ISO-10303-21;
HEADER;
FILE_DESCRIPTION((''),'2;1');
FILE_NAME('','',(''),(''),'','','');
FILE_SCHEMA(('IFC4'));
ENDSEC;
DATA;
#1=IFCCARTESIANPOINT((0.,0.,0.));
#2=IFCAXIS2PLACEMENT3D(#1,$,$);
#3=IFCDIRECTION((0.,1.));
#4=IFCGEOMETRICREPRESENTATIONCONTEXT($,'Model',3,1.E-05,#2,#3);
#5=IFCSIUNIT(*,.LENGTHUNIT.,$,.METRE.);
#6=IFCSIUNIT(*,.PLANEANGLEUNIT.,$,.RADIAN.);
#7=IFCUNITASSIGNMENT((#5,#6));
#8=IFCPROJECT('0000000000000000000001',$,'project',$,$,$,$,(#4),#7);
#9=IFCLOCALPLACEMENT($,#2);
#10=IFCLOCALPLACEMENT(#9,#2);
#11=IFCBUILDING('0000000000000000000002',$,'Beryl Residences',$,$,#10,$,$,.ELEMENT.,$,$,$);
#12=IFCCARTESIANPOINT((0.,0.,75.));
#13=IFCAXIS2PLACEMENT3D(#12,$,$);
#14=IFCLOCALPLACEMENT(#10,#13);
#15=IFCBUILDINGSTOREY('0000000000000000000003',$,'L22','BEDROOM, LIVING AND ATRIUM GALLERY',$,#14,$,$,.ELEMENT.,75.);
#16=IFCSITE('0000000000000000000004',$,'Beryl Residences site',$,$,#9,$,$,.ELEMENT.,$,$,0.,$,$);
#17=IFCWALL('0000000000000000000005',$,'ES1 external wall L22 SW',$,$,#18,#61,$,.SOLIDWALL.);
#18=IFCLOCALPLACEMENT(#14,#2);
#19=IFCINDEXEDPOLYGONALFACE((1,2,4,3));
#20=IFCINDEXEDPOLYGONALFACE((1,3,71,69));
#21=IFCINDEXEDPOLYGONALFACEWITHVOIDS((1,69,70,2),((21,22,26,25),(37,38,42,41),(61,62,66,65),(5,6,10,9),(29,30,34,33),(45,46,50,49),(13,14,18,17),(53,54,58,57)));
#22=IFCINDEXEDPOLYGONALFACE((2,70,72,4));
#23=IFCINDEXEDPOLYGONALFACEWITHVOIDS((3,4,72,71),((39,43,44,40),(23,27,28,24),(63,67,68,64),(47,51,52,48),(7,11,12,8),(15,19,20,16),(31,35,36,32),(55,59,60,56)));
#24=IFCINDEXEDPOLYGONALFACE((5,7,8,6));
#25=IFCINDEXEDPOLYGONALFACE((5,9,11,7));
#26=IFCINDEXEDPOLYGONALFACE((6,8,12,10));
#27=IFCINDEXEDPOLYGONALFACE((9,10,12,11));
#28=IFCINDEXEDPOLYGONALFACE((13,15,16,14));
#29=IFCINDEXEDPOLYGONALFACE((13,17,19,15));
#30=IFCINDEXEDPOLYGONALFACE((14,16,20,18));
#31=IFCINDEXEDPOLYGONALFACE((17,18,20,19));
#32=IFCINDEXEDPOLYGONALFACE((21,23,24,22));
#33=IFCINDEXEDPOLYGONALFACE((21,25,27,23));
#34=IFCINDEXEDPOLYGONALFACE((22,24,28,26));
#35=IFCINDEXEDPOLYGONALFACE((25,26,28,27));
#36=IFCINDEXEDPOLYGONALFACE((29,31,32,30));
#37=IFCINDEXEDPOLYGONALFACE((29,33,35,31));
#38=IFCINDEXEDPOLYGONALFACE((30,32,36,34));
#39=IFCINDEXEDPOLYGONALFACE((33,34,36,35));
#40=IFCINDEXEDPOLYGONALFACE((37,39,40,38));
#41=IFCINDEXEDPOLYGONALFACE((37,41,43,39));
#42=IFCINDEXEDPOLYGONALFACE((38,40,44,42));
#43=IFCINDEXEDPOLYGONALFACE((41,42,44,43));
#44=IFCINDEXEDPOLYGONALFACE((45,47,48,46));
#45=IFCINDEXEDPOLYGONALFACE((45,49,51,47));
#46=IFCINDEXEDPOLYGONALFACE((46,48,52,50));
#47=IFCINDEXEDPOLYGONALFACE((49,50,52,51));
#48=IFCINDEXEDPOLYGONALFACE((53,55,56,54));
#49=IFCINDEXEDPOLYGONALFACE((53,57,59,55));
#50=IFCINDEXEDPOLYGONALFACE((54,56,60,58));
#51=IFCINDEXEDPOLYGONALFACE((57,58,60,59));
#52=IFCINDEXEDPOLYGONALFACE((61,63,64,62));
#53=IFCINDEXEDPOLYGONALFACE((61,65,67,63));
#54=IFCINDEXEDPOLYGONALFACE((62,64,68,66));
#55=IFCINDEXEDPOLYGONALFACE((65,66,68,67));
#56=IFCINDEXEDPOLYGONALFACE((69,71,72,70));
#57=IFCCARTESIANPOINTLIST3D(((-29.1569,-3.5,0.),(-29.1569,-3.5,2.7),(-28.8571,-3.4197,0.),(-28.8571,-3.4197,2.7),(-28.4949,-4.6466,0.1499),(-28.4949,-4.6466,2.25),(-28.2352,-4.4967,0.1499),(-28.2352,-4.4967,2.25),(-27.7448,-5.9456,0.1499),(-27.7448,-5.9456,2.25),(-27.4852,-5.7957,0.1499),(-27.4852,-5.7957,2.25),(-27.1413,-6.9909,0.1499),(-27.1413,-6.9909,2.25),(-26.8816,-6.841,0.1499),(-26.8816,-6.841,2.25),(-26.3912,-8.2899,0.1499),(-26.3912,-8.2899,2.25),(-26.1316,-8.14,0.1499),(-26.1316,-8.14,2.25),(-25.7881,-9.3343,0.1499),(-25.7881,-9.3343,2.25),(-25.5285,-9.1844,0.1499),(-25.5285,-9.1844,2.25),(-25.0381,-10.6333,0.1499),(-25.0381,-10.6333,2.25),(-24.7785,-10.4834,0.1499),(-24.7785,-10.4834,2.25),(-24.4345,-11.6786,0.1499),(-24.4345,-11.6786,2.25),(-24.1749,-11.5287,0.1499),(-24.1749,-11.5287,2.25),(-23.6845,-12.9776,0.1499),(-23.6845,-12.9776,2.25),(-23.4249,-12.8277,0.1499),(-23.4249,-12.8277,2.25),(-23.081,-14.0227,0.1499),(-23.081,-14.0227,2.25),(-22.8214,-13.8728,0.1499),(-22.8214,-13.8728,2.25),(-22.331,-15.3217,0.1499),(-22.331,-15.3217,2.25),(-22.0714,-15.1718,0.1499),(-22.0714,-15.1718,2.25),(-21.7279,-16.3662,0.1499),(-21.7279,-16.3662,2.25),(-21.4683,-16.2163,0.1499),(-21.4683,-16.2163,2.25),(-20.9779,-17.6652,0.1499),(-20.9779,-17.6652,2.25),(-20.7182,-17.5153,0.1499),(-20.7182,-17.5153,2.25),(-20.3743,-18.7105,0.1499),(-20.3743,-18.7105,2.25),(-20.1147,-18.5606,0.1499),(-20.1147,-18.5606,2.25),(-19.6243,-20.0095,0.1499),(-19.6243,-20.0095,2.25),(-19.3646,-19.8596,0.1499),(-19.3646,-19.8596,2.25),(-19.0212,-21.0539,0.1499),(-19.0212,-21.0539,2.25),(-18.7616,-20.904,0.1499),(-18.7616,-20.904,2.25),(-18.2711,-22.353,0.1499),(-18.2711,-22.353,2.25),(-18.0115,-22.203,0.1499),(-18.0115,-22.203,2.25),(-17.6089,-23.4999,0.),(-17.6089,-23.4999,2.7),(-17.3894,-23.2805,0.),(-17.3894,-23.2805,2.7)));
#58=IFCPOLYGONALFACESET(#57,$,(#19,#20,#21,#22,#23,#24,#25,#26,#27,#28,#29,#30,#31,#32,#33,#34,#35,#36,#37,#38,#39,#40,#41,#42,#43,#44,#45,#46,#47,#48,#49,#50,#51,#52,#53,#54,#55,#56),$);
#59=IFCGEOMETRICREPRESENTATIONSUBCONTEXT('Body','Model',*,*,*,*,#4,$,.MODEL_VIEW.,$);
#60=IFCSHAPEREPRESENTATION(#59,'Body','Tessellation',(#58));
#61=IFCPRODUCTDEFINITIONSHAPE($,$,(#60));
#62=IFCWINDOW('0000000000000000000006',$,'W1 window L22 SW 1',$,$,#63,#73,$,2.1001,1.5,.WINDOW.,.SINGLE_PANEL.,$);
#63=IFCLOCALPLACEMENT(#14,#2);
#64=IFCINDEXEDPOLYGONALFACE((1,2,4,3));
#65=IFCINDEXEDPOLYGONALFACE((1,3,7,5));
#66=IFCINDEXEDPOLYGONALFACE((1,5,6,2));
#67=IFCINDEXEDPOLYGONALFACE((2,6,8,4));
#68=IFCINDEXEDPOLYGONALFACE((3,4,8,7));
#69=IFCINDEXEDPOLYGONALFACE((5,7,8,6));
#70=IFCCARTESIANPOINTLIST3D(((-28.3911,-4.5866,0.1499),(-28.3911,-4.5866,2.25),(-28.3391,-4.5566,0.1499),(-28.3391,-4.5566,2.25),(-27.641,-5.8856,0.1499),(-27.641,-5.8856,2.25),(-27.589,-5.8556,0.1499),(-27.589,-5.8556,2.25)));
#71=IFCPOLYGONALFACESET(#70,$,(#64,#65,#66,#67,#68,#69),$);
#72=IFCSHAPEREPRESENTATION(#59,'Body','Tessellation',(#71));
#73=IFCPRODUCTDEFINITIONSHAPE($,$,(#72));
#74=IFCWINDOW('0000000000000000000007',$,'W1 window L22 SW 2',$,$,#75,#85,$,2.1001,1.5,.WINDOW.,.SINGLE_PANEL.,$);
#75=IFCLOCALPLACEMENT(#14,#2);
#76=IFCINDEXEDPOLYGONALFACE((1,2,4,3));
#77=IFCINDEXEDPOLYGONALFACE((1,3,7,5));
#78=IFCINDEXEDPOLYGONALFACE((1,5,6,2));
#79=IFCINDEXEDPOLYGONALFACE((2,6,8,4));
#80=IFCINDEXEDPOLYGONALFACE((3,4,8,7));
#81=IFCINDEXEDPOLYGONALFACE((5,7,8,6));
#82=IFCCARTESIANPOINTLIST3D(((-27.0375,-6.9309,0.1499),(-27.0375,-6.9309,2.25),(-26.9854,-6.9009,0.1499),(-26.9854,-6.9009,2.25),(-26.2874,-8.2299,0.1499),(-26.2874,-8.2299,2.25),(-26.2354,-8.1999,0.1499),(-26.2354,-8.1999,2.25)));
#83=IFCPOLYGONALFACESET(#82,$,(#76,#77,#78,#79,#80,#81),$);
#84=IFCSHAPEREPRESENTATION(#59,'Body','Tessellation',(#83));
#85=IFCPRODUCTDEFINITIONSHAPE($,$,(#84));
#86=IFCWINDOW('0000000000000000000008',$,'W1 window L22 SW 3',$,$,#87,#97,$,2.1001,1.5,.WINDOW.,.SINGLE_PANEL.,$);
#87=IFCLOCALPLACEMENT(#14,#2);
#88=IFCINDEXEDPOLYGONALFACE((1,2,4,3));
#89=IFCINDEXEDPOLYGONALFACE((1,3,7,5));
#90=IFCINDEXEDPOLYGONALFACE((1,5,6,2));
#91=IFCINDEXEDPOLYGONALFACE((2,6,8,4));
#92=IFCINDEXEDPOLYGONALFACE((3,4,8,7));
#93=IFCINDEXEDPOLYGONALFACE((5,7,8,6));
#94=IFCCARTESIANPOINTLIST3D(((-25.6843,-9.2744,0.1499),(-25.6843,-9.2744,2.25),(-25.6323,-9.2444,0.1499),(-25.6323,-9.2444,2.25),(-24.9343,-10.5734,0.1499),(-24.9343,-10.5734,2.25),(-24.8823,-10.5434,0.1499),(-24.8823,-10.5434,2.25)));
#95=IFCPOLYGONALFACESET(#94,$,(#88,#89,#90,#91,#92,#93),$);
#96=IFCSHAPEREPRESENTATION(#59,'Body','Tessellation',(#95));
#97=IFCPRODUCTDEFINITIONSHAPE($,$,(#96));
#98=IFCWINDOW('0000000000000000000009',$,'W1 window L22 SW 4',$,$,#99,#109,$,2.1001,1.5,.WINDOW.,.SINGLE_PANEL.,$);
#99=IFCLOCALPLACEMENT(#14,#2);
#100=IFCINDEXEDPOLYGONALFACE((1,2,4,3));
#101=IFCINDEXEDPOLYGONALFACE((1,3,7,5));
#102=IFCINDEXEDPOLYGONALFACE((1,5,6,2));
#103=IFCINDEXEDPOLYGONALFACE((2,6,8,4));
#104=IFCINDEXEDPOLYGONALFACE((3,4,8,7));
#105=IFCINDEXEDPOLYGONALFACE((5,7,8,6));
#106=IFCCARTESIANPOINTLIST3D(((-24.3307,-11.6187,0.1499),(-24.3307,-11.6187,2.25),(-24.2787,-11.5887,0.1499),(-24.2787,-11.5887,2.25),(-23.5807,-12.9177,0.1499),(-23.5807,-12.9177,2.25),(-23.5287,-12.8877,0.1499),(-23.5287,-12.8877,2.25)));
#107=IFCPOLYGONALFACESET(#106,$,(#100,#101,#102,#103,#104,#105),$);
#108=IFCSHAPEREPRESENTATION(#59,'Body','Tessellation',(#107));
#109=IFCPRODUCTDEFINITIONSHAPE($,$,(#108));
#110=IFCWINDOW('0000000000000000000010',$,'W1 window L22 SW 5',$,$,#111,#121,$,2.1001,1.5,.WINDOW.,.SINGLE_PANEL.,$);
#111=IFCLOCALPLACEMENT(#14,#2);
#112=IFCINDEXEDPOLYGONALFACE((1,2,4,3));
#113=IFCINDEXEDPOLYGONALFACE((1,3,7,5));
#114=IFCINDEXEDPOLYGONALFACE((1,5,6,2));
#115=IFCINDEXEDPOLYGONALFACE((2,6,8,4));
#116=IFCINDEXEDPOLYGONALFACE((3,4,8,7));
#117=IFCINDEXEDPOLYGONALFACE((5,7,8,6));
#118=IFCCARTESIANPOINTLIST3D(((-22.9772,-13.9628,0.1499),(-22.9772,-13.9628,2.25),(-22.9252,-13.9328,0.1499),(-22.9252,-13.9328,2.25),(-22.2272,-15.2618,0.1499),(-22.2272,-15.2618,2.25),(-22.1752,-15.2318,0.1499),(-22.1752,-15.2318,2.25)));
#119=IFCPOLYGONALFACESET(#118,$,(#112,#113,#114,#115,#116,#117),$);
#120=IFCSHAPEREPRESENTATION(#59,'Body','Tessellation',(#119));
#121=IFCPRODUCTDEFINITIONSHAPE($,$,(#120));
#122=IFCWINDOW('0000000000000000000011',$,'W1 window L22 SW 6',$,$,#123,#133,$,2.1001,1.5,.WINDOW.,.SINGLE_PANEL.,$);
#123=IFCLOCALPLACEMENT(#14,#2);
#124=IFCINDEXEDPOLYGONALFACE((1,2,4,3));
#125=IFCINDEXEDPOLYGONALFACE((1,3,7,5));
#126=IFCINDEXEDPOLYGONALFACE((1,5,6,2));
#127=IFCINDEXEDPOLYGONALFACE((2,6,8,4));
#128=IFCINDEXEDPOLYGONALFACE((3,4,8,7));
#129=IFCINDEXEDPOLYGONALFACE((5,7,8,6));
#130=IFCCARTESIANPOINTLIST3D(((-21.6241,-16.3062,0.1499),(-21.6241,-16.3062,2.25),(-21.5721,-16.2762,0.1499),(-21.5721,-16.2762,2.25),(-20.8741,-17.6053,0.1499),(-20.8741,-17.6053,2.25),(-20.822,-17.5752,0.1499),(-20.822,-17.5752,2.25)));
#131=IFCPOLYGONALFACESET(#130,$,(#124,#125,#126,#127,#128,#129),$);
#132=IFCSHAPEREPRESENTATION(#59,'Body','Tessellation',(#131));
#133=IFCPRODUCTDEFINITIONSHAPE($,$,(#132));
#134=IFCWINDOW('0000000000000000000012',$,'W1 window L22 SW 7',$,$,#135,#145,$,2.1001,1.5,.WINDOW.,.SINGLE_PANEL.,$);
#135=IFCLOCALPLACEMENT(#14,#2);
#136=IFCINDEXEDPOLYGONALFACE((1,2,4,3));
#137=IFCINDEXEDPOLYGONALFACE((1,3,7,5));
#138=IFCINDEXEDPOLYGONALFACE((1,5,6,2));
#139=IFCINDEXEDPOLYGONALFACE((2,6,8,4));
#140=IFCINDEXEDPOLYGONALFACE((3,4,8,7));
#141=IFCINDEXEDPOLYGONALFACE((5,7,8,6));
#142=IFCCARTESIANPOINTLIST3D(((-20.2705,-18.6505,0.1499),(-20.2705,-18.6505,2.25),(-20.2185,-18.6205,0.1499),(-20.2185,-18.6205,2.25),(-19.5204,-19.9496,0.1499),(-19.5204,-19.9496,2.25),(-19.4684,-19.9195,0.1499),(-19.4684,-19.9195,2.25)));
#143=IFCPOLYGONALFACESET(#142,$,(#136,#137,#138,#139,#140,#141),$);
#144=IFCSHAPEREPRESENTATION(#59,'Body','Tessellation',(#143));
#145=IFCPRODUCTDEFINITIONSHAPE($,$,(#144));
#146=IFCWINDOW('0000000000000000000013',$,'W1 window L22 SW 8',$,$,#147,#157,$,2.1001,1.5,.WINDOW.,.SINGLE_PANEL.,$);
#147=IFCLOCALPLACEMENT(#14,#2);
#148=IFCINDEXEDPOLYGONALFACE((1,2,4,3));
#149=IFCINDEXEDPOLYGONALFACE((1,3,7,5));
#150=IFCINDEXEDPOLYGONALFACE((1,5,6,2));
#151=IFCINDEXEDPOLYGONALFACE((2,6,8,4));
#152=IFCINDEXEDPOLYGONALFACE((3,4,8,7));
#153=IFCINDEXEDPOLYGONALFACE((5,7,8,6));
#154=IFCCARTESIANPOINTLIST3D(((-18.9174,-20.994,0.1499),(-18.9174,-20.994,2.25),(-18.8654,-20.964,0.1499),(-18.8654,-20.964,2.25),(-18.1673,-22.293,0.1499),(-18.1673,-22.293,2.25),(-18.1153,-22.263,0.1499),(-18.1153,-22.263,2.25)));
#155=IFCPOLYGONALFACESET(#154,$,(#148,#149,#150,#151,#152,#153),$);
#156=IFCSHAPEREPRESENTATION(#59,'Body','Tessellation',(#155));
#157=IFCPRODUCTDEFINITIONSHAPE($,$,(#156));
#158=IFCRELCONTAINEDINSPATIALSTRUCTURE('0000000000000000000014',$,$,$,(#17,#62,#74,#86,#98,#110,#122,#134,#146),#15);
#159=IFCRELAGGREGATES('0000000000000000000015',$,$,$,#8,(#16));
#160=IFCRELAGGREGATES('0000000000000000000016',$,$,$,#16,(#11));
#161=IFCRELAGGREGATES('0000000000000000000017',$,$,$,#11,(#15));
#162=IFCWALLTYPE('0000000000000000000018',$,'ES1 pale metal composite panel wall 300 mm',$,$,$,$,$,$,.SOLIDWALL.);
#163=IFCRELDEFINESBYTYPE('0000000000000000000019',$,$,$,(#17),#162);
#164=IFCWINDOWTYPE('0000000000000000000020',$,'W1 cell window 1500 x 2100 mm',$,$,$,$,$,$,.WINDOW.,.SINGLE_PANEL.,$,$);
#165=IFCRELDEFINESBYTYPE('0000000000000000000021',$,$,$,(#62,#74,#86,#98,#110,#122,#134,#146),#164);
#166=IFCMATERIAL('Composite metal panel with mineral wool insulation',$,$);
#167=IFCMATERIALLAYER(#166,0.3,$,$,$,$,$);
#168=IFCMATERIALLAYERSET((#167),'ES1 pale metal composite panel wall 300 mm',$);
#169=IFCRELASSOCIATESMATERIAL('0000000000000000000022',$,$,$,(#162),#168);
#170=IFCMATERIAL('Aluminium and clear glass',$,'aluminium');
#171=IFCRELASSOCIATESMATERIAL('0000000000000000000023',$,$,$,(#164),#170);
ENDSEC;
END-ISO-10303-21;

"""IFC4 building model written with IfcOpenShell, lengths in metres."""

from ifc_helpers import new_model, si_unit, direction, frame, frame_2d, origin, place, context, subcontext, project, spatial, polyline, rectangle, outline, extrude, material, layer, layer_set, type_object, element, fill, save


model = new_model("IFC4")

# Units and contexts
model_context = context("Model", 3, precision=1e-05, world=origin(), true_north=direction((0.0, 1.0)))
body_context = subcontext(model_context, "Body", "Model", "MODEL_VIEW")
ifc_project = project(units=[si_unit("LENGTHUNIT", "METRE"), si_unit("PLANEANGLEUNIT", "RADIAN")], contexts=[model_context])

# Site, building, storey
site_placement = place(None, origin())
site = spatial("IfcSite", under=ifc_project, at=site_placement, Name="Beryl Residences site", CompositionType="ELEMENT", RefElevation=0.0)
building_placement = place(site_placement, origin())
building = spatial("IfcBuilding", under=site, at=building_placement, Name="Beryl Residences", CompositionType="ELEMENT")
storey_placement = place(building_placement, frame((0.0, 0.0, 75.0)))
storey = spatial("IfcBuildingStorey", under=building, at=storey_placement, Name="L22", Description="BEDROOM, LIVING AND ATRIUM GALLERY", CompositionType="ELEMENT", Elevation=75.0)

# Wall, openings, windows
ifc_material_1 = material(Name="Composite metal panel with mineral wool insulation")
ifc_layer_1 = layer(ifc_material_1, 0.3)
ifc_layer_set_1 = layer_set([ifc_layer_1], Name="ES1 pale metal composite panel wall 300 mm")
wall_type_1 = type_object("IfcWallType", Name="ES1 pale metal composite panel wall 300 mm", PredefinedType="SOLIDWALL", material=ifc_layer_set_1)
wall_1_placement = place(storey_placement, frame((-29.0271, -3.425, 0.0), z_axis=(0.0, 0.0, 1.0), x_axis=(0.500035, -0.866005, 0.0)))
wall_1 = element("IfcWall", 1, at=wall_1_placement, inside=storey, type_object=wall_type_1, Name="ES1 external wall L22 SW", PredefinedType="SOLIDWALL", context=body_context, shape_type="SweptSolid", body=[
    extrude(outline(polyline([(0.0, -0.1499), (23.0945, -0.1499), (23.0142, 0.1499), (0.0803, 0.1499), (0.0, -0.1499)])), origin(), (0.0, 0.0, 1.0), 2.7),
])
opening_1_placement = place(wall_1_placement, frame((1.324, 0.0, 0.1499)))
opening_1 = element("IfcOpeningElement", 2, at=opening_1_placement, cuts=wall_1, PredefinedType="OPENING", context=body_context, shape_type="SweptSolid", body=[
    extrude(rectangle(XDim=1.5, YDim=2.1001, at=frame_2d((0.75, 1.05))), frame((0.0, 0.1599, 0.0), z_axis=(0.0, -1.0, 0.0), x_axis=(1.0, 0.0, 0.0)), (0.0, 0.0, 1.0), 0.3201),
])
opening_2_placement = place(wall_1_placement, frame((4.031, 0.0, 0.1499)))
opening_2 = element("IfcOpeningElement", 3, at=opening_2_placement, cuts=wall_1, PredefinedType="OPENING", context=body_context, shape_type="SweptSolid", body=[
    extrude(rectangle(XDim=1.5, YDim=2.1001, at=frame_2d((0.75, 1.05))), frame((0.0, 0.1599, 0.0), z_axis=(0.0, -1.0, 0.0), x_axis=(1.0, 0.0, 0.0)), (0.0, 0.0, 1.0), 0.3201),
])
opening_3_placement = place(wall_1_placement, frame((6.7371, 0.0, 0.1499)))
opening_3 = element("IfcOpeningElement", 4, at=opening_3_placement, cuts=wall_1, PredefinedType="OPENING", context=body_context, shape_type="SweptSolid", body=[
    extrude(rectangle(XDim=1.5, YDim=2.1001, at=frame_2d((0.75, 1.05))), frame((0.0, 0.1599, 0.0), z_axis=(0.0, -1.0, 0.0), x_axis=(1.0, 0.0, 0.0)), (0.0, 0.0, 1.0), 0.3201),
])
opening_4_placement = place(wall_1_placement, frame((9.4441, 0.0, 0.1499)))
opening_4 = element("IfcOpeningElement", 5, at=opening_4_placement, cuts=wall_1, PredefinedType="OPENING", context=body_context, shape_type="SweptSolid", body=[
    extrude(rectangle(XDim=1.5, YDim=2.1001, at=frame_2d((0.75, 1.05))), frame((0.0, 0.1599, 0.0), z_axis=(0.0, -1.0, 0.0), x_axis=(1.0, 0.0, 0.0)), (0.0, 0.0, 1.0), 0.3201),
])
opening_5_placement = place(wall_1_placement, frame((12.1509, 0.0, 0.1499)))
opening_5 = element("IfcOpeningElement", 6, at=opening_5_placement, cuts=wall_1, PredefinedType="OPENING", context=body_context, shape_type="SweptSolid", body=[
    extrude(rectangle(XDim=1.5, YDim=2.1001, at=frame_2d((0.75, 1.05))), frame((0.0, 0.1599, 0.0), z_axis=(0.0, -1.0, 0.0), x_axis=(1.0, 0.0, 0.0)), (0.0, 0.0, 1.0), 0.3201),
])
opening_6_placement = place(wall_1_placement, frame((14.8569, 0.0, 0.1499)))
opening_6 = element("IfcOpeningElement", 7, at=opening_6_placement, cuts=wall_1, PredefinedType="OPENING", context=body_context, shape_type="SweptSolid", body=[
    extrude(rectangle(XDim=1.5, YDim=2.1001, at=frame_2d((0.75, 1.05))), frame((0.0, 0.1599, 0.0), z_axis=(0.0, -1.0, 0.0), x_axis=(1.0, 0.0, 0.0)), (0.0, 0.0, 1.0), 0.3201),
])
opening_7_placement = place(wall_1_placement, frame((17.564, 0.0, 0.1499)))
opening_7 = element("IfcOpeningElement", 8, at=opening_7_placement, cuts=wall_1, PredefinedType="OPENING", context=body_context, shape_type="SweptSolid", body=[
    extrude(rectangle(XDim=1.5, YDim=2.1001, at=frame_2d((0.75, 1.05))), frame((0.0, 0.1599, 0.0), z_axis=(0.0, -1.0, 0.0), x_axis=(1.0, 0.0, 0.0)), (0.0, 0.0, 1.0), 0.3201),
])
opening_8_placement = place(wall_1_placement, frame((20.27, 0.0, 0.1499)))
opening_8 = element("IfcOpeningElement", 9, at=opening_8_placement, cuts=wall_1, PredefinedType="OPENING", context=body_context, shape_type="SweptSolid", body=[
    extrude(rectangle(XDim=1.5, YDim=2.1001, at=frame_2d((0.75, 1.05))), frame((0.0, 0.1599, 0.0), z_axis=(0.0, -1.0, 0.0), x_axis=(1.0, 0.0, 0.0)), (0.0, 0.0, 1.0), 0.3201),
])
ifc_material_2 = material(Name="Aluminium and clear glass", Category="aluminium")
window_type_1 = type_object("IfcWindowType", Name="W1 cell window 1500 x 2100 mm", PartitioningType="SINGLE_PANEL", PredefinedType="WINDOW", material=ifc_material_2)
window_1_placement = place(opening_1_placement, origin())
window_1 = element("IfcWindow", 10, at=window_1_placement, inside=storey, type_object=window_type_1, Name="W1 window L22 SW 1", OverallHeight=2.1001, OverallWidth=1.5, PartitioningType="SINGLE_PANEL", PredefinedType="WINDOW", context=body_context, shape_type="SweptSolid", body=[
    extrude(rectangle(XDim=1.5, YDim=2.1001, at=frame_2d((0.75, 1.05))), frame((0.0, 0.03, 0.0), z_axis=(0.0, -1.0, 0.0), x_axis=(1.0, 0.0, 0.0)), (0.0, 0.0, 1.0), 0.0601),
])
fill(opening_1, window_1)
window_2_placement = place(opening_2_placement, origin())
window_2 = element("IfcWindow", 11, at=window_2_placement, inside=storey, type_object=window_type_1, Name="W1 window L22 SW 2", OverallHeight=2.1001, OverallWidth=1.5, PartitioningType="SINGLE_PANEL", PredefinedType="WINDOW", context=body_context, shape_type="SweptSolid", body=[
    extrude(rectangle(XDim=1.5, YDim=2.1001, at=frame_2d((0.75, 1.05))), frame((0.0, 0.03, 0.0), z_axis=(0.0, -1.0, 0.0), x_axis=(1.0, 0.0, 0.0)), (0.0, 0.0, 1.0), 0.0601),
])
fill(opening_2, window_2)
window_3_placement = place(opening_3_placement, origin())
window_3 = element("IfcWindow", 12, at=window_3_placement, inside=storey, type_object=window_type_1, Name="W1 window L22 SW 3", OverallHeight=2.1001, OverallWidth=1.5, PartitioningType="SINGLE_PANEL", PredefinedType="WINDOW", context=body_context, shape_type="SweptSolid", body=[
    extrude(rectangle(XDim=1.5, YDim=2.1001, at=frame_2d((0.75, 1.05))), frame((0.0, 0.03, 0.0), z_axis=(0.0, -1.0, 0.0), x_axis=(1.0, 0.0, 0.0)), (0.0, 0.0, 1.0), 0.0601),
])
fill(opening_3, window_3)
window_4_placement = place(opening_4_placement, origin())
window_4 = element("IfcWindow", 13, at=window_4_placement, inside=storey, type_object=window_type_1, Name="W1 window L22 SW 4", OverallHeight=2.1001, OverallWidth=1.5, PartitioningType="SINGLE_PANEL", PredefinedType="WINDOW", context=body_context, shape_type="SweptSolid", body=[
    extrude(rectangle(XDim=1.5, YDim=2.1001, at=frame_2d((0.75, 1.05))), frame((0.0, 0.03, 0.0), z_axis=(0.0, -1.0, 0.0), x_axis=(1.0, 0.0, 0.0)), (0.0, 0.0, 1.0), 0.0601),
])
fill(opening_4, window_4)
window_5_placement = place(opening_5_placement, origin())
window_5 = element("IfcWindow", 14, at=window_5_placement, inside=storey, type_object=window_type_1, Name="W1 window L22 SW 5", OverallHeight=2.1001, OverallWidth=1.5, PartitioningType="SINGLE_PANEL", PredefinedType="WINDOW", context=body_context, shape_type="SweptSolid", body=[
    extrude(rectangle(XDim=1.5, YDim=2.1001, at=frame_2d((0.75, 1.05))), frame((0.0, 0.03, 0.0), z_axis=(0.0, -1.0, 0.0), x_axis=(1.0, 0.0, 0.0)), (0.0, 0.0, 1.0), 0.0601),
])
fill(opening_5, window_5)
window_6_placement = place(opening_6_placement, origin())
window_6 = element("IfcWindow", 15, at=window_6_placement, inside=storey, type_object=window_type_1, Name="W1 window L22 SW 6", OverallHeight=2.1001, OverallWidth=1.5, PartitioningType="SINGLE_PANEL", PredefinedType="WINDOW", context=body_context, shape_type="SweptSolid", body=[
    extrude(rectangle(XDim=1.5, YDim=2.1001, at=frame_2d((0.75, 1.05))), frame((0.0, 0.03, 0.0), z_axis=(0.0, -1.0, 0.0), x_axis=(1.0, 0.0, 0.0)), (0.0, 0.0, 1.0), 0.0601),
])
fill(opening_6, window_6)
window_7_placement = place(opening_7_placement, origin())
window_7 = element("IfcWindow", 16, at=window_7_placement, inside=storey, type_object=window_type_1, Name="W1 window L22 SW 7", OverallHeight=2.1001, OverallWidth=1.5, PartitioningType="SINGLE_PANEL", PredefinedType="WINDOW", context=body_context, shape_type="SweptSolid", body=[
    extrude(rectangle(XDim=1.5, YDim=2.1001, at=frame_2d((0.75, 1.05))), frame((0.0, 0.03, 0.0), z_axis=(0.0, -1.0, 0.0), x_axis=(1.0, 0.0, 0.0)), (0.0, 0.0, 1.0), 0.0601),
])
fill(opening_7, window_7)
window_8_placement = place(opening_8_placement, origin())
window_8 = element("IfcWindow", 17, at=window_8_placement, inside=storey, type_object=window_type_1, Name="W1 window L22 SW 8", OverallHeight=2.1001, OverallWidth=1.5, PartitioningType="SINGLE_PANEL", PredefinedType="WINDOW", context=body_context, shape_type="SweptSolid", body=[
    extrude(rectangle(XDim=1.5, YDim=2.1001, at=frame_2d((0.75, 1.05))), frame((0.0, 0.03, 0.0), z_axis=(0.0, -1.0, 0.0), x_axis=(1.0, 0.0, 0.0)), (0.0, 0.0, 1.0), 0.0601),
])
fill(opening_8, window_8)

save(model, "model.ifc")
